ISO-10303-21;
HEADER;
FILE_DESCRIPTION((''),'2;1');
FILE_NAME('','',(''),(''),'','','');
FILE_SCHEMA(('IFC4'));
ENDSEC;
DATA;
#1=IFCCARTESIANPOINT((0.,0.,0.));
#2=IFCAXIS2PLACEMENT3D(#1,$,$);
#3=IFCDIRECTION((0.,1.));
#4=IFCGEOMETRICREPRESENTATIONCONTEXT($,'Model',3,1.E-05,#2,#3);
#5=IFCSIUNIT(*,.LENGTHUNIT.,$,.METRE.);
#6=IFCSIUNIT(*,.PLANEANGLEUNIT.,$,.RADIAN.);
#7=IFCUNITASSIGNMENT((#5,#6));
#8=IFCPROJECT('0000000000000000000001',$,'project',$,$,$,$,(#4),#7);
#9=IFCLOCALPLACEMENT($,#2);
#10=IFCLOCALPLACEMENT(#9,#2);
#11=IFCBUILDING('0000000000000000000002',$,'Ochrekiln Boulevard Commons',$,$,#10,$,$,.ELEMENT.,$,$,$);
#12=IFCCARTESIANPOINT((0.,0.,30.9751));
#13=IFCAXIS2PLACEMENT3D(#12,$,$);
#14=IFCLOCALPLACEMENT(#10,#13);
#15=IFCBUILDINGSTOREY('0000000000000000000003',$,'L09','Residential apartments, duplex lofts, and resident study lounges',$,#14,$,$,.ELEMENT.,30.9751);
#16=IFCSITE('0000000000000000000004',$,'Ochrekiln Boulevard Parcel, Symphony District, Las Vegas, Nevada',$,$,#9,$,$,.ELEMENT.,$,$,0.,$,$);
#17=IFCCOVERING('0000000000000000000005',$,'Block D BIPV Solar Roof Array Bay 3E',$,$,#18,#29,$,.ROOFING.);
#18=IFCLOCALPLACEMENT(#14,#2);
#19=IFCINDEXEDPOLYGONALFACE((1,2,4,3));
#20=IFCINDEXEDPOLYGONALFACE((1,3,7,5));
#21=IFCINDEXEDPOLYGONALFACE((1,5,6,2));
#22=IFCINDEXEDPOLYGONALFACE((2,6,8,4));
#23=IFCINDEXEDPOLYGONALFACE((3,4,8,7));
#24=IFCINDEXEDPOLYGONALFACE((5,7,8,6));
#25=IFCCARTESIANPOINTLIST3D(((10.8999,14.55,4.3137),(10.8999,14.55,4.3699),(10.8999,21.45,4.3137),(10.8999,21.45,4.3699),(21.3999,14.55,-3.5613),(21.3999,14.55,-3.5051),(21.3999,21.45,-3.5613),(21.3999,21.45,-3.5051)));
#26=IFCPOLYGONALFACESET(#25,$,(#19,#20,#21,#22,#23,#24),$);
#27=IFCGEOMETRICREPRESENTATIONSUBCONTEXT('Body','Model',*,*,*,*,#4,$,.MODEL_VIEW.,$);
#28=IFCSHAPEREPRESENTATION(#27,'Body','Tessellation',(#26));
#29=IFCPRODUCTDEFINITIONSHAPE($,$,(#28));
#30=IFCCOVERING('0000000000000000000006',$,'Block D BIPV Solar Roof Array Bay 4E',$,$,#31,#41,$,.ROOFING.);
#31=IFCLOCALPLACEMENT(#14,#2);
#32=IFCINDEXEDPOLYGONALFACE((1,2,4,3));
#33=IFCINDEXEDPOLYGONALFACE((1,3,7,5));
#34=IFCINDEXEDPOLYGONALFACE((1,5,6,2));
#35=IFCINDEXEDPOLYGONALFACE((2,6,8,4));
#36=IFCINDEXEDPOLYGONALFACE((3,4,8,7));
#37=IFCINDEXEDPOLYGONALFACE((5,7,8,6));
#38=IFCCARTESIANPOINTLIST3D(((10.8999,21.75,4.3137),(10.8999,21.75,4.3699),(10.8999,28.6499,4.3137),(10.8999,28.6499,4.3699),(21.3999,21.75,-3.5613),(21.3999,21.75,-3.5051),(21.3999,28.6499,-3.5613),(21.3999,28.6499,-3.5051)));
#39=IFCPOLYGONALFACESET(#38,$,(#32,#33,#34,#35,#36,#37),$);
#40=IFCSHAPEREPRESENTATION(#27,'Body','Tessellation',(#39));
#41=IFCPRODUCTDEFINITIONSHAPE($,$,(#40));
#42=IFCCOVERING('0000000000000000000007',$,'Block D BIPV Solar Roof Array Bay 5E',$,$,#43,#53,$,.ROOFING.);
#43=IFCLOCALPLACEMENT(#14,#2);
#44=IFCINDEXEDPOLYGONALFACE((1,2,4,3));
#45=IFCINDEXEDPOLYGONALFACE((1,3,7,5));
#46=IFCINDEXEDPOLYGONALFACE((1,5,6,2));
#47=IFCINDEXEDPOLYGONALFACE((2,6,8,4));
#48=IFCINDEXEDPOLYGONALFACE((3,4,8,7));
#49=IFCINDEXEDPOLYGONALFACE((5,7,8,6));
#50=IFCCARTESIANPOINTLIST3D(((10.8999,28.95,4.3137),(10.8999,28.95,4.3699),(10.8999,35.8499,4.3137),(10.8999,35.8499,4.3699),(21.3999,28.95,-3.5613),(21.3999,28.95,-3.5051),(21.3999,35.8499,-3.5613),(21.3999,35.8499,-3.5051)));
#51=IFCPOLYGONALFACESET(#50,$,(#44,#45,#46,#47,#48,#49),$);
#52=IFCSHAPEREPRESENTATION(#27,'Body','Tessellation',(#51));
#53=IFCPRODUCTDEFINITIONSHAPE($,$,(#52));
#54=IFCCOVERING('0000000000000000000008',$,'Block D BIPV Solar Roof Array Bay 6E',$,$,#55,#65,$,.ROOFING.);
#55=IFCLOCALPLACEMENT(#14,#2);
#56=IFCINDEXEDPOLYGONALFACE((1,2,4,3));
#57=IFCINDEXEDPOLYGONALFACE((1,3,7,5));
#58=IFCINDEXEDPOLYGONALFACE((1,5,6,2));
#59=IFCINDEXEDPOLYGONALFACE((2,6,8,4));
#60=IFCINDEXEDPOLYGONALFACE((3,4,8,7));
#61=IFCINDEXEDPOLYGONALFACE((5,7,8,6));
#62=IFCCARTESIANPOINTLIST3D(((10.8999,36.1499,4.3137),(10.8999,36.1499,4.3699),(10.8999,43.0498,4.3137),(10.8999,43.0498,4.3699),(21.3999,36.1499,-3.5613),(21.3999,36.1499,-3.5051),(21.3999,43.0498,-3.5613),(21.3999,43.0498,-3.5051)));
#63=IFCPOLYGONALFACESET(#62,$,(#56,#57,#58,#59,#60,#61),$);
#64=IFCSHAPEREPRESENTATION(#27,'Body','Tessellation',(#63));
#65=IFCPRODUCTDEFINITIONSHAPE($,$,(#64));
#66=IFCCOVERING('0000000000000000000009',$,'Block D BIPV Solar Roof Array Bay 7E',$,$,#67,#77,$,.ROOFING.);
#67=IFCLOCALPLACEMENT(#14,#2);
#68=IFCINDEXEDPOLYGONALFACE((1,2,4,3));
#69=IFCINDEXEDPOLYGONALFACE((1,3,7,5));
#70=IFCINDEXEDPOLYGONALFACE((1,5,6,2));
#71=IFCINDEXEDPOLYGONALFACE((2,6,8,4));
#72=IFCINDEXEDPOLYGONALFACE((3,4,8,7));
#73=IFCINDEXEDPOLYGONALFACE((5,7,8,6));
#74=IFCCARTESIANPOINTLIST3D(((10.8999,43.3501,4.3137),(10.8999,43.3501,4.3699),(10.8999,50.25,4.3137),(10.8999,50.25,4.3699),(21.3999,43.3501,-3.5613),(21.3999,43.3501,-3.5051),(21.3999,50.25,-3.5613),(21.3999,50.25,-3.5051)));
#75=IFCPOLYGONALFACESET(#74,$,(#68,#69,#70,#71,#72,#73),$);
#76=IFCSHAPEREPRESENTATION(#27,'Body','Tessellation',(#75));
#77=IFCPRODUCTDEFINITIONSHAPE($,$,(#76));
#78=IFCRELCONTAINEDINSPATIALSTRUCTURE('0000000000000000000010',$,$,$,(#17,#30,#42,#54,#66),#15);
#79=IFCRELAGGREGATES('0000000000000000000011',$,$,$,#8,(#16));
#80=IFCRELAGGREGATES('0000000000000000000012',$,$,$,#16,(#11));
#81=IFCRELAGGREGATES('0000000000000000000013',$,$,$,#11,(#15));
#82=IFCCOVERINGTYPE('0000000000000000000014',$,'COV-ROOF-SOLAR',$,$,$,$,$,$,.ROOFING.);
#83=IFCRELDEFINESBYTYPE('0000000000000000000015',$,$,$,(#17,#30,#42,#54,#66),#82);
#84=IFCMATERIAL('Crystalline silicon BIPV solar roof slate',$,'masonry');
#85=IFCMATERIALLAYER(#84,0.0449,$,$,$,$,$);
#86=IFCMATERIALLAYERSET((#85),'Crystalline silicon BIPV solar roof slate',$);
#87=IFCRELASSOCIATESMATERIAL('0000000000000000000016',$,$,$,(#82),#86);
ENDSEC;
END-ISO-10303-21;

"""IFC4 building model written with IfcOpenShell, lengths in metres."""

from ifc_helpers import new_model, si_unit, direction, frame, origin, place, context, subcontext, project, spatial, polyline, outline, extrude, material, layer, layer_set, type_object, element, save


model = new_model("IFC4")

# Units and contexts
model_context = context("Model", 3, precision=1e-05, world=origin(), true_north=direction((0.0, 1.0)))
body_context = subcontext(model_context, "Body", "Model", "MODEL_VIEW")
ifc_project = project(units=[si_unit("LENGTHUNIT", "METRE"), si_unit("PLANEANGLEUNIT", "RADIAN")], contexts=[model_context])

# Site, building, storey
site_placement = place(None, origin())
site = spatial("IfcSite", under=ifc_project, at=site_placement, Name="Ochrekiln Boulevard Parcel, Symphony District, Las Vegas, Nevada", CompositionType="ELEMENT", RefElevation=0.0)
building_placement = place(site_placement, origin())
building = spatial("IfcBuilding", under=site, at=building_placement, Name="Ochrekiln Boulevard Commons", CompositionType="ELEMENT")
storey_placement = place(building_placement, frame((0.0, 0.0, 30.9751)))
storey = spatial("IfcBuildingStorey", under=building, at=storey_placement, Name="L09", Description="Residential apartments, duplex lofts, and resident study lounges", CompositionType="ELEMENT", Elevation=30.9751)

# Coverings
ifc_material_1 = material(Name="Crystalline silicon BIPV solar roof slate", Category="masonry")
ifc_layer_1 = layer(ifc_material_1, 0.0449)
ifc_layer_set_1 = layer_set([ifc_layer_1], Name="Crystalline silicon BIPV solar roof slate")
covering_type = type_object("IfcCoveringType", Name="COV-ROOF-SOLAR", PredefinedType="ROOFING", material=ifc_layer_set_1)
for number, where, z_axis, x_axis, name in (
    (1, (21.3999, 14.55, -3.5051), (0.0, 1.0, 0.0), (-1.0, 0.0, 0.0), "Block D BIPV Solar Roof Array Bay 3E"),
    (2, (21.3999, 21.75, -3.5051), (0.0, 1.0, 0.0), (-1.0, 0.0, 0.0), "Block D BIPV Solar Roof Array Bay 4E"),
    (3, (21.3999, 28.95, -3.5051), (0.0, 1.0, 0.0), (-1.0, 0.0, 0.0), "Block D BIPV Solar Roof Array Bay 5E"),
    (4, (21.3999, 36.1499, -3.5051), (0.0, 1.0, 0.0), (-1.0, 0.0, 0.0), "Block D BIPV Solar Roof Array Bay 6E"),
    (5, (21.3999, 43.3501, -3.5051), (0.0, 1.0, 0.0), (-1.0, 0.0, 0.0), "Block D BIPV Solar Roof Array Bay 7E"),
):
    element("IfcCovering", number, at=place(storey_placement, frame(where, z_axis=z_axis, x_axis=x_axis)), inside=storey, type_object=covering_type, Name=name, PredefinedType="ROOFING", context=body_context, shape_type="SweptSolid", body=[
        extrude(outline(polyline([(0.0, 0.0), (10.5, 7.875), (10.5, 7.8188), (0.0, -0.0562), (0.0, 0.0)])), origin(), (0.0, 0.0, 1.0), 6.8999),
    ])

save(model, "model.ifc")
